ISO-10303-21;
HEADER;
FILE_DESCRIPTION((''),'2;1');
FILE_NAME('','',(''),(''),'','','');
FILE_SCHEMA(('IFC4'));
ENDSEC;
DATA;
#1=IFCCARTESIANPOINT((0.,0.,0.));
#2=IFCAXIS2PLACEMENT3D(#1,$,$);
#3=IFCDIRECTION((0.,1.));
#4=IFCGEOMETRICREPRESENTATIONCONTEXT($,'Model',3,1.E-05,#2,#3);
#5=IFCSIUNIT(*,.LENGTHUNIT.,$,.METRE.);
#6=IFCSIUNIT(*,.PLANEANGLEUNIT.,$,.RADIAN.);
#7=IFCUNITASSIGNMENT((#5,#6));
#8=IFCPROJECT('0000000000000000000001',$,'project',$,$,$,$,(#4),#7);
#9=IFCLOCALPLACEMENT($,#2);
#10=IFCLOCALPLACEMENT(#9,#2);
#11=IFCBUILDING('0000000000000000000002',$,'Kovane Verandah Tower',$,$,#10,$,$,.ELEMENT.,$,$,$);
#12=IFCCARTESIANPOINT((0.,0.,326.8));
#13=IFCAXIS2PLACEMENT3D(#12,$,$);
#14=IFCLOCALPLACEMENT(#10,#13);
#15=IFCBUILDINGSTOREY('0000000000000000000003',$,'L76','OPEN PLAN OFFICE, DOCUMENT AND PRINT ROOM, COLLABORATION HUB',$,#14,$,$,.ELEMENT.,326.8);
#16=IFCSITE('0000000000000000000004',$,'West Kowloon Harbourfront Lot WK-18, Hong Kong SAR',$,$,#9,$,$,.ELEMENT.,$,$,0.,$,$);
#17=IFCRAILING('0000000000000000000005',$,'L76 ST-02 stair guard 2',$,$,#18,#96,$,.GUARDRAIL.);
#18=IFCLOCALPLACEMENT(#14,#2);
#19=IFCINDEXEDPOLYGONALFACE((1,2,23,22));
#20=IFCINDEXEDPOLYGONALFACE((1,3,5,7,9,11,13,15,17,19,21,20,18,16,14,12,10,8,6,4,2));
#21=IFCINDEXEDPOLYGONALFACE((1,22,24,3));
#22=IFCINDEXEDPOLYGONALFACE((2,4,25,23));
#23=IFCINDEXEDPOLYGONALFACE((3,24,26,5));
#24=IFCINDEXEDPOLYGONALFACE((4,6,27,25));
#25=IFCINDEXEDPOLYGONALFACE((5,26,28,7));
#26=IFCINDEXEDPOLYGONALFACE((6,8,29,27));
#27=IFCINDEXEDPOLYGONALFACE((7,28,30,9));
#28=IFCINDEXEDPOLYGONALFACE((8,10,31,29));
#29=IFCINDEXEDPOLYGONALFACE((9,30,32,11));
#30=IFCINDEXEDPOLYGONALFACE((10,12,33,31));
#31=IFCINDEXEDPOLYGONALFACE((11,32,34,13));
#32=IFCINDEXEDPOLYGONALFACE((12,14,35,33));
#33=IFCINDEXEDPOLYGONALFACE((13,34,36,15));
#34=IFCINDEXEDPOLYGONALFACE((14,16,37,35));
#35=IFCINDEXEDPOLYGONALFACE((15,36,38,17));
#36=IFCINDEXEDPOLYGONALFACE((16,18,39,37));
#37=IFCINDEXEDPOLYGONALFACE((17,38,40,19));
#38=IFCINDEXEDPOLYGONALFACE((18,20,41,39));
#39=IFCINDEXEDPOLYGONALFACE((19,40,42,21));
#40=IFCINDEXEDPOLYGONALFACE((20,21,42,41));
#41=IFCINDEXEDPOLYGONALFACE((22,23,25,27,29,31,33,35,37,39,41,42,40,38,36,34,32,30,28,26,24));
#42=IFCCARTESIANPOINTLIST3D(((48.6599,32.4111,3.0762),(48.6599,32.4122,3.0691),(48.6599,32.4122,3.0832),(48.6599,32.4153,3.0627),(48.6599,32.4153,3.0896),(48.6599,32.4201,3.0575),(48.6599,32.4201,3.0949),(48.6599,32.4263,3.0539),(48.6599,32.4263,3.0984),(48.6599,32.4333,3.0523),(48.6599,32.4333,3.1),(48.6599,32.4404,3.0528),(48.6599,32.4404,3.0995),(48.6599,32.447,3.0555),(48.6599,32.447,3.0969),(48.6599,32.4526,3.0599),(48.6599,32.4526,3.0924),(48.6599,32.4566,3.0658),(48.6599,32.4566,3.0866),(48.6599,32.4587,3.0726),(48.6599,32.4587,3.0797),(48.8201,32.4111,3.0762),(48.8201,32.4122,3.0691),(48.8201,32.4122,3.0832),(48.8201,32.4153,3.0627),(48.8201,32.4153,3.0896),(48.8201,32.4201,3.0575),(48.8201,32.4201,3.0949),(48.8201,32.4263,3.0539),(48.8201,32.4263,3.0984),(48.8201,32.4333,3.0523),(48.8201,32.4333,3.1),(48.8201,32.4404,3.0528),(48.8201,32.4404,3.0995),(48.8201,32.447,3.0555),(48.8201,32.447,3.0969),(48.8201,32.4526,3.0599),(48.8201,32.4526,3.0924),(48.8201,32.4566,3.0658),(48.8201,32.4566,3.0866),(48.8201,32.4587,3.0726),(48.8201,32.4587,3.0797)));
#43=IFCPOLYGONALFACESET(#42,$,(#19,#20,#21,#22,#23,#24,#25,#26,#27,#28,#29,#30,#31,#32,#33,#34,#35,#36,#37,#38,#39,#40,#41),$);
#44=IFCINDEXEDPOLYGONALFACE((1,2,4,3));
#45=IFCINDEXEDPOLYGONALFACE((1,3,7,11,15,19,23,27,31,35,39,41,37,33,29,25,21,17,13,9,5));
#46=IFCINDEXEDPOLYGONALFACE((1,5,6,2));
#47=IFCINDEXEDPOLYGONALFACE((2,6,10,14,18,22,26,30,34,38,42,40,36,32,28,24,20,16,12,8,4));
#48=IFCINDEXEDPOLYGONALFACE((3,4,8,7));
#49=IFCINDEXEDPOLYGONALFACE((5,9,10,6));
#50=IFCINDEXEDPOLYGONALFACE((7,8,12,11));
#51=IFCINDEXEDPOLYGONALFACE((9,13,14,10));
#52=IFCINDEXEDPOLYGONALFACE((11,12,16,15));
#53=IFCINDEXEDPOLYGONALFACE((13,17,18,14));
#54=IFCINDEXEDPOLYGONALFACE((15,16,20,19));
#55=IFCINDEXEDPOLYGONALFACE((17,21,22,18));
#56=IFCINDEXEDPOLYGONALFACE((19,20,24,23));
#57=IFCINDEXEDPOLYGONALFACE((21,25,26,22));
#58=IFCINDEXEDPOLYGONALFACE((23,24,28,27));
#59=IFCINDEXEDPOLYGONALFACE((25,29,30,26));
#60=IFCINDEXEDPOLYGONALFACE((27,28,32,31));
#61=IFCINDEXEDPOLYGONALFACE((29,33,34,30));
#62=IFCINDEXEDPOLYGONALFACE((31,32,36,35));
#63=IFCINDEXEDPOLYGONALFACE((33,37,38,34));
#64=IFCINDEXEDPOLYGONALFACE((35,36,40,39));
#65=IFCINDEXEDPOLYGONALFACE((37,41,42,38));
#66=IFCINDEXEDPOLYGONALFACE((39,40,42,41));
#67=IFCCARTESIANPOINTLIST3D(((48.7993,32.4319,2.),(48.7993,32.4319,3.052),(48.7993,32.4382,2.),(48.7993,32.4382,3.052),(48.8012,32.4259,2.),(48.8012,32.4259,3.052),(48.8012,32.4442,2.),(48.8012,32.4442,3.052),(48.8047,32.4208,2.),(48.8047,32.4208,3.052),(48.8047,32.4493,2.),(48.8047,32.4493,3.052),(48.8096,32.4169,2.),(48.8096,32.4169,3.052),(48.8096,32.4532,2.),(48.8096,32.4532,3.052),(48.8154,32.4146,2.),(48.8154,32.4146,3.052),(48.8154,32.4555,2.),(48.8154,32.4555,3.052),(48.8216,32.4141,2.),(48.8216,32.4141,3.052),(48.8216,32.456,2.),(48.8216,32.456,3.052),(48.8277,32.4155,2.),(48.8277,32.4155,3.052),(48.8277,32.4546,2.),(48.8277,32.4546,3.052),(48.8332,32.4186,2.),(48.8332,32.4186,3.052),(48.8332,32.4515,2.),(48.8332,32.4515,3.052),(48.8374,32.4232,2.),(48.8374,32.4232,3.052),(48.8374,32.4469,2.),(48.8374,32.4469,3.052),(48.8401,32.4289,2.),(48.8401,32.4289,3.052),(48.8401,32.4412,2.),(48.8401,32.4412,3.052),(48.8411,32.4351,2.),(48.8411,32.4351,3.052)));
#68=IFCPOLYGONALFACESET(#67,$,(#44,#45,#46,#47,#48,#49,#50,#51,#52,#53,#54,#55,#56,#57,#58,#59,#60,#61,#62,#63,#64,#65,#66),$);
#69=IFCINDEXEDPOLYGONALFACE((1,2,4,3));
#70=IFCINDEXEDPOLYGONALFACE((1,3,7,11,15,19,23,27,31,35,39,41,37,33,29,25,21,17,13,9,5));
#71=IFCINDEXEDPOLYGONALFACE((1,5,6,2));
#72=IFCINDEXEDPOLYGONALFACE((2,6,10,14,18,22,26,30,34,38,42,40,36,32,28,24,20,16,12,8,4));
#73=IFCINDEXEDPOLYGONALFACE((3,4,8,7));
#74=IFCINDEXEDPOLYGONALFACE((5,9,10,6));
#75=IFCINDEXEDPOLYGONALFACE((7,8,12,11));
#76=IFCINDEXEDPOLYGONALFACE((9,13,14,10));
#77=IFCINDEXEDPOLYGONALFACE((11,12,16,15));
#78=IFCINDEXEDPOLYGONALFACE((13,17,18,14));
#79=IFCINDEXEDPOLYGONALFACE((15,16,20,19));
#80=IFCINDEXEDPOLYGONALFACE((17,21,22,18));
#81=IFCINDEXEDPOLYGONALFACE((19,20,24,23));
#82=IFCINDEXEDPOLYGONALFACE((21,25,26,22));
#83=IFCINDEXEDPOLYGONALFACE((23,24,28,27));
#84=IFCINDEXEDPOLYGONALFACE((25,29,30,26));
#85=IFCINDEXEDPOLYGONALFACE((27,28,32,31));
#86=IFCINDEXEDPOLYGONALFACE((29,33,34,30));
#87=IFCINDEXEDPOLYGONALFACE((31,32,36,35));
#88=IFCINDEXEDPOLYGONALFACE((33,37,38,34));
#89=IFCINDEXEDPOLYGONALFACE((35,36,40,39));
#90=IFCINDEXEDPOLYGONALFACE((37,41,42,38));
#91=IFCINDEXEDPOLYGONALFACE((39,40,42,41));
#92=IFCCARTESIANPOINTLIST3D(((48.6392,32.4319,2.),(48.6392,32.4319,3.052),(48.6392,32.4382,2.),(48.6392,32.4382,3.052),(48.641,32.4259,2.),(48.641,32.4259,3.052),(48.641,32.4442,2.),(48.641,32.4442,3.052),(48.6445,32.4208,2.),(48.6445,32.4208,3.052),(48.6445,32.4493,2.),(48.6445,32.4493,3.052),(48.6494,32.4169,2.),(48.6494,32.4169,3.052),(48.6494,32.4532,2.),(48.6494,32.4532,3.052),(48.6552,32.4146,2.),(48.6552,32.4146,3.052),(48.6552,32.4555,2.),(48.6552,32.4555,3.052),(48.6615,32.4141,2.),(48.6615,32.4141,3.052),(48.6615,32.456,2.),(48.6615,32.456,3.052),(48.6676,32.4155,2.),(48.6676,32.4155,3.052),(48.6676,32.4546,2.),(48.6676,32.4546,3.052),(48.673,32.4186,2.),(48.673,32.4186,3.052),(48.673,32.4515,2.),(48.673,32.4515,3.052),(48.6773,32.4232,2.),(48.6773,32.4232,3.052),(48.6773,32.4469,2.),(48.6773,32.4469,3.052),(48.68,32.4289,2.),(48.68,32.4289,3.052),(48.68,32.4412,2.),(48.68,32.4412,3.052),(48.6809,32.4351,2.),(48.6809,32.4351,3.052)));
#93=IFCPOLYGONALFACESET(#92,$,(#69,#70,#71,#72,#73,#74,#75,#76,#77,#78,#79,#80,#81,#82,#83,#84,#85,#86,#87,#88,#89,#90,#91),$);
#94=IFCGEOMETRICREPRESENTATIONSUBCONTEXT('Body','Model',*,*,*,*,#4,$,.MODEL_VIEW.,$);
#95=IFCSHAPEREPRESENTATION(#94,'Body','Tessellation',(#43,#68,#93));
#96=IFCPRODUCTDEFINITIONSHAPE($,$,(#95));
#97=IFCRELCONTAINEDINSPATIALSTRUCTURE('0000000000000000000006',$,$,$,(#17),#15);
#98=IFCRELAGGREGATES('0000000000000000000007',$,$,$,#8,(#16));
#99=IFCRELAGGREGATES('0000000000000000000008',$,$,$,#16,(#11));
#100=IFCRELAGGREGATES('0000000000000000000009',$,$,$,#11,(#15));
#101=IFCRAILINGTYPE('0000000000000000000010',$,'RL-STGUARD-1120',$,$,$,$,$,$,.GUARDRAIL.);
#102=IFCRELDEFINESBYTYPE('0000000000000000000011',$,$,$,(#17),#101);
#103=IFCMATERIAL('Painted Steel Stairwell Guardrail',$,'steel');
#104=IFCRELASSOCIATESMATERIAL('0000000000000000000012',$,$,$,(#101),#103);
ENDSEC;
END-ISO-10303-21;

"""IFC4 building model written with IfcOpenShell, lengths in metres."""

from ifc_helpers import new_model, si_unit, direction, frame, origin, origin_2d, place, context, subcontext, project, spatial, circle, extrude, material, type_object, element, save


model = new_model("IFC4")

# Units and contexts
model_context = context("Model", 3, precision=1e-05, world=origin(), true_north=direction((0.0, 1.0)))
body_context = subcontext(model_context, "Body", "Model", "MODEL_VIEW")
ifc_project = project(units=[si_unit("LENGTHUNIT", "METRE"), si_unit("PLANEANGLEUNIT", "RADIAN")], contexts=[model_context])

# Site, building, storey
site_placement = place(None, origin())
site = spatial("IfcSite", under=ifc_project, at=site_placement, Name="West Kowloon Harbourfront Lot WK-18, Hong Kong SAR", CompositionType="ELEMENT", RefElevation=0.0)
building_placement = place(site_placement, origin())
building = spatial("IfcBuilding", under=site, at=building_placement, Name="Kovane Verandah Tower", CompositionType="ELEMENT")
storey_placement = place(building_placement, frame((0.0, 0.0, 326.8)))
storey = spatial("IfcBuildingStorey", under=building, at=storey_placement, Name="L76", Description="OPEN PLAN OFFICE, DOCUMENT AND PRINT ROOM, COLLABORATION HUB", CompositionType="ELEMENT", Elevation=326.8)

# Railing
ifc_material_1 = material(Name="Painted Steel Stairwell Guardrail", Category="steel")
railing_type_1 = type_object("IfcRailingType", Name="RL-STGUARD-1120", PredefinedType="GUARDRAIL", material=ifc_material_1)
railing_1_placement = place(storey_placement, frame((48.8201, 32.4351, 2.0)))
element("IfcRailing", 1, at=railing_1_placement, inside=storey, type_object=railing_type_1, Name="L76 ST-02 stair guard 2", PredefinedType="GUARDRAIL", context=body_context, shape_type="SweptSolid", body=[
    extrude(circle(Radius=0.0239, at=origin_2d()), frame((0.0, 0.0, 1.0762), z_axis=(-1.0, 0.0, 0.0), x_axis=(0.0, -1.0, 0.0)), (0.0, 0.0, 1.0), 0.1602),
    extrude(circle(Radius=0.021, at=origin_2d()), origin(), (0.0, 0.0, 1.0), 1.052),
    extrude(circle(Radius=0.021, at=origin_2d()), frame((-0.1602, 0.0, 0.0)), (0.0, 0.0, 1.0), 1.052),
])

save(model, "model.ifc")
